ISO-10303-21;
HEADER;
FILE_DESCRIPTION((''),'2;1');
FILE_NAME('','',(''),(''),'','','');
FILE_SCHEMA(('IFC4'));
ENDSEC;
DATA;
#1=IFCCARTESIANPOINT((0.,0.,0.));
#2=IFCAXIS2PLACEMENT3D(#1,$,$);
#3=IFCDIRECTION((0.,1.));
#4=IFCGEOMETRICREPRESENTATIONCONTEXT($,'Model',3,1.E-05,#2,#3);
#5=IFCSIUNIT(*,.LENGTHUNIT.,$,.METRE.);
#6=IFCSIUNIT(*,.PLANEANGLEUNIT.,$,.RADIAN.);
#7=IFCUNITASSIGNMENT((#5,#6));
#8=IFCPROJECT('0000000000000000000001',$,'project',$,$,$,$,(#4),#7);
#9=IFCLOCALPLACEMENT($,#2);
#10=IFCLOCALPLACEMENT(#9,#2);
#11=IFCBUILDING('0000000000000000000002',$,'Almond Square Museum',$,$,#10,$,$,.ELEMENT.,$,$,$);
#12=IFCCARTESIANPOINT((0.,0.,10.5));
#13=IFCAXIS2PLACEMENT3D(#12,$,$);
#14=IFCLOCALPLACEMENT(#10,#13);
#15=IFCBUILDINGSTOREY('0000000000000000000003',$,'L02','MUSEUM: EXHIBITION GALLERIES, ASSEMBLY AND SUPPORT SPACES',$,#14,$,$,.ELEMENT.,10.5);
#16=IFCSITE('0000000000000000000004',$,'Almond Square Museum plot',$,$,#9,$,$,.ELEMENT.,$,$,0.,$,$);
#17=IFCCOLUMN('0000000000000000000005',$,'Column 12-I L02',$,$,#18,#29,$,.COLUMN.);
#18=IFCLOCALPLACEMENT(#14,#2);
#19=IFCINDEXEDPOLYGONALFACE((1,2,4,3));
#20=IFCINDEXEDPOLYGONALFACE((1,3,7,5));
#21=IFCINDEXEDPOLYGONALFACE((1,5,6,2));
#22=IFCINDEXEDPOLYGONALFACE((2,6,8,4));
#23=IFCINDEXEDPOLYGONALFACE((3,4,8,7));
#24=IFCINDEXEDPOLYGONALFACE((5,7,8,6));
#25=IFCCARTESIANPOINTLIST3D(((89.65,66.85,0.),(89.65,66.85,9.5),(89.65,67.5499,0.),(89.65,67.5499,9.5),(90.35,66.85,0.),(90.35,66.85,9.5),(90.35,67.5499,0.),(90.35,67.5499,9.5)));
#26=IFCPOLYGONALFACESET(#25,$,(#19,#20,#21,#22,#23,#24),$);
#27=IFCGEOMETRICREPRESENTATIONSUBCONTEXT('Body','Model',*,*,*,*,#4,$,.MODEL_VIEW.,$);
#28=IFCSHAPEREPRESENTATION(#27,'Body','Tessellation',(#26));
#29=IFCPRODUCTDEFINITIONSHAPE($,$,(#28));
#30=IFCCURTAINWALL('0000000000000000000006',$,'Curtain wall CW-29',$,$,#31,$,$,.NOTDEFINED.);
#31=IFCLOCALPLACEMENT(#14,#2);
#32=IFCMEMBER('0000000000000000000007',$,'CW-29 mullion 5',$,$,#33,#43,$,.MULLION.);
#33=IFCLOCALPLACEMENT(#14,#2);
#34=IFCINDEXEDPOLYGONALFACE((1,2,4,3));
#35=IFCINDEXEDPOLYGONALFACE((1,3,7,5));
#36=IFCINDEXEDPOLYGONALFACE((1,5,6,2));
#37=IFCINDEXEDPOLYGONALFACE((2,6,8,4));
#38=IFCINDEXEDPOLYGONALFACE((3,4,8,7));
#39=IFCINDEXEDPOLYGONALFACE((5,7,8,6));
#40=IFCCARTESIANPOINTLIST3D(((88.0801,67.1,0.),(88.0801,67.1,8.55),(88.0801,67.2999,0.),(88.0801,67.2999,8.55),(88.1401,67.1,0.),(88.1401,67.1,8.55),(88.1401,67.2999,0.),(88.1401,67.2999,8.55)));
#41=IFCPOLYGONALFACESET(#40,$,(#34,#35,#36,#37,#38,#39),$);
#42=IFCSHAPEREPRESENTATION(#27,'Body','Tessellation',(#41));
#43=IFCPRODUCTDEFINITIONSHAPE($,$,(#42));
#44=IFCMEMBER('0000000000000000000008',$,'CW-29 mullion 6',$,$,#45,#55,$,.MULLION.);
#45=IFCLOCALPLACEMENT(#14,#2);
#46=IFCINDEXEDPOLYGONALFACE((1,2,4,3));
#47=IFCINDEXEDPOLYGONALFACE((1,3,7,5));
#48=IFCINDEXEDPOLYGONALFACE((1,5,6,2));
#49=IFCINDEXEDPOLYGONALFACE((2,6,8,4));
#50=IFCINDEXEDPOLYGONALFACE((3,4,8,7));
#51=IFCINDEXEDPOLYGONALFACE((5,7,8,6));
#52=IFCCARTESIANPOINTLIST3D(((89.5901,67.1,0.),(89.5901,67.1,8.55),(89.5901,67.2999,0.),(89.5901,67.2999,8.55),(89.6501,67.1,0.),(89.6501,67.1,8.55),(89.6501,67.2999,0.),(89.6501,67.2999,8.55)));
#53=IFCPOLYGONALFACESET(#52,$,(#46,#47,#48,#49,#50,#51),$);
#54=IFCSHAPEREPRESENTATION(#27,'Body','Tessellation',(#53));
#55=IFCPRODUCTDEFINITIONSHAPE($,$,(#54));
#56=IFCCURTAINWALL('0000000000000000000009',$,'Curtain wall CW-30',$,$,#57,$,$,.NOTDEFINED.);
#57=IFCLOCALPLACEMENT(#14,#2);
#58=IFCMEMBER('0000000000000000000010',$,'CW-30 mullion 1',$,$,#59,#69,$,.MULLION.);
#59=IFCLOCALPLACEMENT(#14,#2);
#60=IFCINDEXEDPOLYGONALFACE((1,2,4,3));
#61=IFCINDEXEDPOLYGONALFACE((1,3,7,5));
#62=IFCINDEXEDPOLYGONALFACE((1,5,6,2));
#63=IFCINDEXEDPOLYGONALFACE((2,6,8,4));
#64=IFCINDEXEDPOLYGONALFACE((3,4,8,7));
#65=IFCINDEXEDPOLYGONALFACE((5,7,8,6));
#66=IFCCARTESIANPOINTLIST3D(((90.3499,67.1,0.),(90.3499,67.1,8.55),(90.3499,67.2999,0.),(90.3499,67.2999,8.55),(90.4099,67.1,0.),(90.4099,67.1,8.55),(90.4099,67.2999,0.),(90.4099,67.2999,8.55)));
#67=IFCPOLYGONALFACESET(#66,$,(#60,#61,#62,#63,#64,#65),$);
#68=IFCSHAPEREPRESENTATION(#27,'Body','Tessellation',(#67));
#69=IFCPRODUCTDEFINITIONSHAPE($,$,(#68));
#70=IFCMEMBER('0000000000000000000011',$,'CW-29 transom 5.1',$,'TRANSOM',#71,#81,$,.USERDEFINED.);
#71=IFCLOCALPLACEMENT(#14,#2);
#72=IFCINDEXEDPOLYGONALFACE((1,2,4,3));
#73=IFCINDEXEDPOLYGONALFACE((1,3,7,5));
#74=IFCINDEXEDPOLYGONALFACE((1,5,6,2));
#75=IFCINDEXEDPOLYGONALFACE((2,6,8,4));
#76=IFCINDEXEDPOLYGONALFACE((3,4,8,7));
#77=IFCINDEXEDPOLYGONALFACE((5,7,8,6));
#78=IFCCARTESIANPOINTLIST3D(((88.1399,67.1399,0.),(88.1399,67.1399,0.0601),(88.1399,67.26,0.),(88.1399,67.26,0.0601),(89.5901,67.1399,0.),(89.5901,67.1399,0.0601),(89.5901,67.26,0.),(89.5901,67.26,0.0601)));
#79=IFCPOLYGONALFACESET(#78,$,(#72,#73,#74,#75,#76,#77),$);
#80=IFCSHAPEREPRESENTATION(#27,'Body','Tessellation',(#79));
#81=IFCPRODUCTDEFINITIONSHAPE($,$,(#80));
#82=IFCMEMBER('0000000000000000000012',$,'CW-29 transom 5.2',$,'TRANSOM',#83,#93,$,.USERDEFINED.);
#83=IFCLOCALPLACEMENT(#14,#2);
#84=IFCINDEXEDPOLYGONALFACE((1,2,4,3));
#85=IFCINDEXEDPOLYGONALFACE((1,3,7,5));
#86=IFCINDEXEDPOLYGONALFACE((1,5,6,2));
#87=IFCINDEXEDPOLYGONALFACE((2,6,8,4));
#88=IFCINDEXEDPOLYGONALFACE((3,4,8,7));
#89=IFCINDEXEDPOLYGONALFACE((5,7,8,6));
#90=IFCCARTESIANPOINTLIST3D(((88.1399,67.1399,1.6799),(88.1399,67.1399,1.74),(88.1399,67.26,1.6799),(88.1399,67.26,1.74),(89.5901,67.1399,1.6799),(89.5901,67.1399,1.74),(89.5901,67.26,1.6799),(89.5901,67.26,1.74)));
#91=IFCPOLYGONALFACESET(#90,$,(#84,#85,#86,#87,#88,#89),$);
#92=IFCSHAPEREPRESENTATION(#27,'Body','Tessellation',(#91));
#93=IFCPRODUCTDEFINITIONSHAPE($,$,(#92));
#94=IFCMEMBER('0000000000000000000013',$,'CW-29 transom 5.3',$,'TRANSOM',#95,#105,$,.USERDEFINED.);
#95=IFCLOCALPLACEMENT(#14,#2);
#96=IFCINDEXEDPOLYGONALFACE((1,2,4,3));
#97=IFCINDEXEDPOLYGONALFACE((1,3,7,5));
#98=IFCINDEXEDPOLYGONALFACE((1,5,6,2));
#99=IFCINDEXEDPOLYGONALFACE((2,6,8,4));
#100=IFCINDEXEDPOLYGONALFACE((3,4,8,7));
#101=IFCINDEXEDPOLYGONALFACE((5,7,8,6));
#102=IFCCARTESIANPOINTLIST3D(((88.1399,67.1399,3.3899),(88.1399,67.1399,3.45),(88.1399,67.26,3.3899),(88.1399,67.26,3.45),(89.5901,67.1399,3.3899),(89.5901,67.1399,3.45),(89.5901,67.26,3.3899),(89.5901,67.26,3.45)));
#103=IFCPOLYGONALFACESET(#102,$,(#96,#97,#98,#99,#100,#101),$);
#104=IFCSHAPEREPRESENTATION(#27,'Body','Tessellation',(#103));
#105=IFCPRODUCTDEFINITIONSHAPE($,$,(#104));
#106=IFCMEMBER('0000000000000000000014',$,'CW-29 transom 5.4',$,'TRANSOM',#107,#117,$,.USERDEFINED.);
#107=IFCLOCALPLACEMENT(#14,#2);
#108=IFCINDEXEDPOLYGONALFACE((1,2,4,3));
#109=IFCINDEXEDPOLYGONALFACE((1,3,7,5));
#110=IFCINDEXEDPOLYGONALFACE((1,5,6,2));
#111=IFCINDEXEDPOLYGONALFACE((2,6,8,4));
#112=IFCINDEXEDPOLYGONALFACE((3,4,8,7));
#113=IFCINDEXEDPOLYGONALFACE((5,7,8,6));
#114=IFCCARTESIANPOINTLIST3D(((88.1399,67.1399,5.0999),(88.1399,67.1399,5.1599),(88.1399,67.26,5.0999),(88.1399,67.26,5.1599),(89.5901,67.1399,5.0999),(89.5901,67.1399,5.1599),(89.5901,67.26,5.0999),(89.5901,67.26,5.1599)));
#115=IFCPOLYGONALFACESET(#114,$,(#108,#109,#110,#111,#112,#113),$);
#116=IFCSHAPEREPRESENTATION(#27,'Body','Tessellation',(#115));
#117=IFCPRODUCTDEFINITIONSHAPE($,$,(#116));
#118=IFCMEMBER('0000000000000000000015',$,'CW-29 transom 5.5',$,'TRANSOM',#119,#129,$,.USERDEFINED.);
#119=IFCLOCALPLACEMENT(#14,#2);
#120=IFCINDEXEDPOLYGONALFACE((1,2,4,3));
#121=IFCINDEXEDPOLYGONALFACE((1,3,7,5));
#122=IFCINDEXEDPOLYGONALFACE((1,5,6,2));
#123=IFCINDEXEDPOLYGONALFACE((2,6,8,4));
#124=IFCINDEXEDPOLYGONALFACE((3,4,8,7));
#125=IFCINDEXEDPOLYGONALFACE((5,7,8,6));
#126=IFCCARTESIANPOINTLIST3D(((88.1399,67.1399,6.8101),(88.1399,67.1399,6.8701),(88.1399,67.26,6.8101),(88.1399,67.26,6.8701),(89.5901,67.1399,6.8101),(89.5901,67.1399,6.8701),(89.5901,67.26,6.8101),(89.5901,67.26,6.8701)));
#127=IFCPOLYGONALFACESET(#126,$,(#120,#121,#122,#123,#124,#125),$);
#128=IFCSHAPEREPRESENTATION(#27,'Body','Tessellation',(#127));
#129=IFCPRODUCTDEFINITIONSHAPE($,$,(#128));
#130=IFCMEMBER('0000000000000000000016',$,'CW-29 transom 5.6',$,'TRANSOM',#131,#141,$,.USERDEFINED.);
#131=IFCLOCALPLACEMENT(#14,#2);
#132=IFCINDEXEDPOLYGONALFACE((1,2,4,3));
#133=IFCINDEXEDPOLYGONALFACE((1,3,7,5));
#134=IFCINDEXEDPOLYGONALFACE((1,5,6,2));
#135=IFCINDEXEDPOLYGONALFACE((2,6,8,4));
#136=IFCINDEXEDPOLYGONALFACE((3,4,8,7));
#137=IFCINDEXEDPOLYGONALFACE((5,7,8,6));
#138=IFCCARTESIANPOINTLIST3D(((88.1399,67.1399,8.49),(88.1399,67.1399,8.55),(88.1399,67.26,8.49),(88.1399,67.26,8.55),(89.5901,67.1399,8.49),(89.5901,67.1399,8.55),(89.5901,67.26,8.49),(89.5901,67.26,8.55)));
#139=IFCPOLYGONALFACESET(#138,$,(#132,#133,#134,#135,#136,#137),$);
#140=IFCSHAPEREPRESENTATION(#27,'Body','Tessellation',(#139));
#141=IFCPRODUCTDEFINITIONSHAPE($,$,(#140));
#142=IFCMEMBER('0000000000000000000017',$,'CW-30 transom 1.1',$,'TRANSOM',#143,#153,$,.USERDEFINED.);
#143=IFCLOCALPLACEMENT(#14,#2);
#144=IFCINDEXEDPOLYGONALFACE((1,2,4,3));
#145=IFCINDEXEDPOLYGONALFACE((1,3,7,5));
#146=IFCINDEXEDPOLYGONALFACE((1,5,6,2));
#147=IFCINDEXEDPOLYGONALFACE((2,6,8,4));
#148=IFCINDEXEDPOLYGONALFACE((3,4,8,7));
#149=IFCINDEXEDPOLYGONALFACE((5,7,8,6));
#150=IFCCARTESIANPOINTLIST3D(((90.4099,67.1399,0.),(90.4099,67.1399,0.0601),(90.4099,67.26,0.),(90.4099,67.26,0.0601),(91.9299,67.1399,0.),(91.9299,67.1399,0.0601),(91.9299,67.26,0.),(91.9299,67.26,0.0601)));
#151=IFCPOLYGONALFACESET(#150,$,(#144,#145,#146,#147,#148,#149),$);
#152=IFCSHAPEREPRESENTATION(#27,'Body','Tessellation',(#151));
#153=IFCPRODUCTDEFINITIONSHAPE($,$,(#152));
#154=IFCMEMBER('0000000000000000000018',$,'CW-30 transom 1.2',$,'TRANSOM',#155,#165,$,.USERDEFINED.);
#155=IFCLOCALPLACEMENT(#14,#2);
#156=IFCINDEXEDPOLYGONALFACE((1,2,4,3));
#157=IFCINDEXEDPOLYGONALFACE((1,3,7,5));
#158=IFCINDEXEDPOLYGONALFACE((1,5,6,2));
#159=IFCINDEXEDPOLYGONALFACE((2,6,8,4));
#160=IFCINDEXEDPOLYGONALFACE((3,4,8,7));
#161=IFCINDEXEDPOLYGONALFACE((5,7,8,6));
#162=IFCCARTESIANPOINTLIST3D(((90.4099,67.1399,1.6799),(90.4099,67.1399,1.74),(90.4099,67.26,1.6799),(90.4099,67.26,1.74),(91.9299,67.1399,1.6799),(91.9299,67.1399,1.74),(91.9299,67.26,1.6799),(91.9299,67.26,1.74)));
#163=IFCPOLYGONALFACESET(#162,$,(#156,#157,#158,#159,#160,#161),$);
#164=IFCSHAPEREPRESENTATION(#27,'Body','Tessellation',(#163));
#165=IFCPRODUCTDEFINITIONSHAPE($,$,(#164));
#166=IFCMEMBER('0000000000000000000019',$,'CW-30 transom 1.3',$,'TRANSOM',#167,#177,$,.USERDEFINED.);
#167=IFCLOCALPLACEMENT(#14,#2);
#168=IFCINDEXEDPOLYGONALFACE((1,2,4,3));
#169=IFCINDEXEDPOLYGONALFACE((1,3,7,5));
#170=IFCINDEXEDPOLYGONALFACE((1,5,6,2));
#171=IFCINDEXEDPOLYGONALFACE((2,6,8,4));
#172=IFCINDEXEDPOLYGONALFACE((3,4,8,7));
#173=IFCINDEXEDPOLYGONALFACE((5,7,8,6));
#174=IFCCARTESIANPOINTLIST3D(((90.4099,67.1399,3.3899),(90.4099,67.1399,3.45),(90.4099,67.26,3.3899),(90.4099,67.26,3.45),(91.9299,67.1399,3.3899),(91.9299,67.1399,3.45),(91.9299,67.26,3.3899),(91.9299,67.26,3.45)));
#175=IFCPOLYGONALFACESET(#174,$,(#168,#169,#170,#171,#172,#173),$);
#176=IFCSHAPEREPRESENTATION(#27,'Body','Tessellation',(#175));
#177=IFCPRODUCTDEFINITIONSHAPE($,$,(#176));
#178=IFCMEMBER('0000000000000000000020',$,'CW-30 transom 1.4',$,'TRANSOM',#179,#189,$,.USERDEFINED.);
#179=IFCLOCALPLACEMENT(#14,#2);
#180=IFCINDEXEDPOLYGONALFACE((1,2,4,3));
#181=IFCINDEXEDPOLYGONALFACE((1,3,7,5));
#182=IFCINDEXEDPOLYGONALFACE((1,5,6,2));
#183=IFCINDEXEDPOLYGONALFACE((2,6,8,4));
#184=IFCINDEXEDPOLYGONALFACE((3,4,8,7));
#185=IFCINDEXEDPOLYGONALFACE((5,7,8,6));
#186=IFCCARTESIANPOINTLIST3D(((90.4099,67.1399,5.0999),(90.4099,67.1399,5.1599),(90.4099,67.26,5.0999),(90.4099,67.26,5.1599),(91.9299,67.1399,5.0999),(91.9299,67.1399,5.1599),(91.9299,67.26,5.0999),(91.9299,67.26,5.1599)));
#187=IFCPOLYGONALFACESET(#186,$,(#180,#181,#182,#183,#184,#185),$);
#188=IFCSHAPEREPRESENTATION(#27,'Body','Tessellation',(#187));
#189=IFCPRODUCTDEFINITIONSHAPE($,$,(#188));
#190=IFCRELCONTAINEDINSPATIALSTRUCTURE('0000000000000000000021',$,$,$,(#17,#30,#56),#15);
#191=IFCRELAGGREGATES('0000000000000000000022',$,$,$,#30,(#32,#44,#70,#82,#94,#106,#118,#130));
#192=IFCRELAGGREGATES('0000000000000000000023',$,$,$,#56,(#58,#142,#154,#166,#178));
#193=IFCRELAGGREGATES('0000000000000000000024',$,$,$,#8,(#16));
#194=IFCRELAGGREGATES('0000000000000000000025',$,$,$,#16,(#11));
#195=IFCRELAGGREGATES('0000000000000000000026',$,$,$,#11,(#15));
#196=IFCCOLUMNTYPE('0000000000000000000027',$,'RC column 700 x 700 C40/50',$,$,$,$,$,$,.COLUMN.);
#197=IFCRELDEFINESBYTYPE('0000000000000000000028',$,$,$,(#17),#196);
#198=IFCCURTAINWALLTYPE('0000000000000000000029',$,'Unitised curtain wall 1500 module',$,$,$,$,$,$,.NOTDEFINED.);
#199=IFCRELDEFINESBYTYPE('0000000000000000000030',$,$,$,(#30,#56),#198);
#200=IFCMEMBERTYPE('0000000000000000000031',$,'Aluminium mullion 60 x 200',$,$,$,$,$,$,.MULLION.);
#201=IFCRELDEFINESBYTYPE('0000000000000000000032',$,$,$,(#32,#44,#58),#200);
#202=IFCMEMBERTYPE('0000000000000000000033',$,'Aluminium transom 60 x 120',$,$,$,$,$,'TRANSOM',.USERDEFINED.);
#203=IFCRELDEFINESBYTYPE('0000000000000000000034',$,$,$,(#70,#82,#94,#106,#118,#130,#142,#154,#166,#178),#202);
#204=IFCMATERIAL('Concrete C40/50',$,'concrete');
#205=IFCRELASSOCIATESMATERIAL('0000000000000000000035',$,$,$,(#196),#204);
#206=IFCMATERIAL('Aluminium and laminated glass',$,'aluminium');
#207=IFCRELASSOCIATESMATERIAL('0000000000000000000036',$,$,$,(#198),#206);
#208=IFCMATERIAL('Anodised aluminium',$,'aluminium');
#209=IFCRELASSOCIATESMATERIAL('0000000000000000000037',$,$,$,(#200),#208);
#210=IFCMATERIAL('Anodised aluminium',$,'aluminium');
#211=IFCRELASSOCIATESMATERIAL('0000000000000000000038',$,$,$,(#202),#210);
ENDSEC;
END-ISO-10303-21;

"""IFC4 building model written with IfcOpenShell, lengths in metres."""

from ifc_helpers import new_model, si_unit, direction, frame, origin, origin_2d, place, context, subcontext, project, spatial, rectangle, extrude, material, material_profile, profile_set, type_object, element, aggregate, save


model = new_model("IFC4")

# Units and contexts
model_context = context("Model", 3, precision=1e-05, world=origin(), true_north=direction((0.0, 1.0)))
body_context = subcontext(model_context, "Body", "Model", "MODEL_VIEW")
ifc_project = project(units=[si_unit("LENGTHUNIT", "METRE"), si_unit("PLANEANGLEUNIT", "RADIAN")], contexts=[model_context])

# Site, building, storey
site_placement = place(None, origin())
site = spatial("IfcSite", under=ifc_project, at=site_placement, Name="Almond Square Museum plot", CompositionType="ELEMENT", RefElevation=0.0)
building_placement = place(site_placement, origin())
building = spatial("IfcBuilding", under=site, at=building_placement, Name="Almond Square Museum", CompositionType="ELEMENT")
storey_placement = place(building_placement, frame((0.0, 0.0, 10.5)))
storey = spatial("IfcBuildingStorey", under=building, at=storey_placement, Name="L02", Description="MUSEUM: EXHIBITION GALLERIES, ASSEMBLY AND SUPPORT SPACES", CompositionType="ELEMENT", Elevation=10.5)

# Column
ifc_material_1 = material(Name="Concrete C40/50", Category="concrete")
ifc_material_profile_1 = material_profile(ifc_material_1, rectangle(XDim=0.7, YDim=0.7, at=origin_2d()))
ifc_profile_set_1 = profile_set([ifc_material_profile_1], Name="Concrete C40/50")
column_type = type_object("IfcColumnType", Name="RC column 700 x 700 C40/50", PredefinedType="COLUMN", material=ifc_profile_set_1)
column_placement = place(storey_placement, frame((90.0, 67.2, 0.0), z_axis=(0.0, 0.0, 1.0), x_axis=(1.0, 0.0, 0.0)))
element("IfcColumn", 1, at=column_placement, inside=storey, type_object=column_type, Name="Column 12-I L02", PredefinedType="COLUMN", context=body_context, shape_type="SweptSolid", body=[
    extrude(rectangle(XDim=0.7, YDim=0.7, at=origin_2d()), origin(), (0.0, 0.0, 1.0), 9.5),
])

# Curtain wall, members
ifc_material_2 = material(Name="Aluminium and laminated glass", Category="aluminium")
curtain_wall_type = type_object("IfcCurtainWallType", Name="Unitised curtain wall 1500 module", PredefinedType="NOTDEFINED", material=ifc_material_2)
curtain_wall_1_placement = place(storey_placement, origin())
curtain_wall_1 = element("IfcCurtainWall", 2, at=curtain_wall_1_placement, inside=storey, type_object=curtain_wall_type, Name="Curtain wall CW-29", PredefinedType="NOTDEFINED")
ifc_material_3 = material(Name="Anodised aluminium", Category="aluminium")
ifc_material_profile_2 = material_profile(ifc_material_3, rectangle(XDim=0.2, YDim=0.0601, at=origin_2d()))
ifc_profile_set_2 = profile_set([ifc_material_profile_2], Name="Anodised aluminium")
member_type_1 = type_object("IfcMemberType", Name="Aluminium mullion 60 x 200", PredefinedType="MULLION", material=ifc_profile_set_2)
member_1_placement = place(storey_placement, frame((88.1101, 67.2, 0.0), z_axis=(0.0, 0.0, 1.0), x_axis=(0.0, 1.0, 0.0)))
member_1 = element("IfcMember", 3, at=member_1_placement, type_object=member_type_1, Name="CW-29 mullion 5", PredefinedType="MULLION", context=body_context, shape_type="SweptSolid", body=[
    extrude(rectangle(XDim=0.2, YDim=0.0601, at=origin_2d()), origin(), (0.0, 0.0, 1.0), 8.55),
])
member_2_placement = place(storey_placement, frame((89.6201, 67.2, 0.0), z_axis=(0.0, 0.0, 1.0), x_axis=(0.0, 1.0, 0.0)))
member_2 = element("IfcMember", 4, at=member_2_placement, type_object=member_type_1, Name="CW-29 mullion 6", PredefinedType="MULLION", context=body_context, shape_type="SweptSolid", body=[
    extrude(rectangle(XDim=0.2, YDim=0.0601, at=origin_2d()), origin(), (0.0, 0.0, 1.0), 8.55),
])

# Curtain wall, member
curtain_wall_2_placement = place(storey_placement, origin())
curtain_wall_2 = element("IfcCurtainWall", 5, at=curtain_wall_2_placement, inside=storey, type_object=curtain_wall_type, Name="Curtain wall CW-30", PredefinedType="NOTDEFINED")
member_3_placement = place(storey_placement, frame((90.3799, 67.2, 0.0), z_axis=(0.0, 0.0, 1.0), x_axis=(0.0, 1.0, 0.0)))
member_3 = element("IfcMember", 6, at=member_3_placement, type_object=member_type_1, Name="CW-30 mullion 1", PredefinedType="MULLION", context=body_context, shape_type="SweptSolid", body=[
    extrude(rectangle(XDim=0.2, YDim=0.0601, at=origin_2d()), origin(), (0.0, 0.0, 1.0), 8.55),
])

# Members
ifc_material_4 = material(Name="Anodised aluminium", Category="aluminium")
ifc_material_profile_3 = material_profile(ifc_material_4, rectangle(XDim=0.1201, YDim=0.0601, at=origin_2d()))
ifc_profile_set_3 = profile_set([ifc_material_profile_3], Name="Anodised aluminium")
member_type_2 = type_object("IfcMemberType", Name="Aluminium transom 60 x 120", ElementType="TRANSOM", PredefinedType="USERDEFINED", material=ifc_profile_set_3)
member_4_placement = place(storey_placement, frame((88.1399, 67.2, 0.03), z_axis=(1.0, 0.0, 0.0), x_axis=(0.0, 1.0, 0.0)))
member_4 = element("IfcMember", 7, at=member_4_placement, type_object=member_type_2, Name="CW-29 transom 5.1", ObjectType="TRANSOM", PredefinedType="USERDEFINED", context=body_context, shape_type="SweptSolid", body=[
    extrude(rectangle(XDim=0.1201, YDim=0.0601, at=origin_2d()), origin(), (0.0, 0.0, 1.0), 1.4502),
])
member_5_placement = place(storey_placement, frame((88.1399, 67.2, 1.71), z_axis=(1.0, 0.0, 0.0), x_axis=(0.0, 1.0, 0.0)))
member_5 = element("IfcMember", 8, at=member_5_placement, type_object=member_type_2, Name="CW-29 transom 5.2", ObjectType="TRANSOM", PredefinedType="USERDEFINED", context=body_context, shape_type="SweptSolid", body=[
    extrude(rectangle(XDim=0.1201, YDim=0.0601, at=origin_2d()), origin(), (0.0, 0.0, 1.0), 1.4502),
])
member_6_placement = place(storey_placement, frame((88.1399, 67.2, 3.4199), z_axis=(1.0, 0.0, 0.0), x_axis=(0.0, 1.0, 0.0)))
member_6 = element("IfcMember", 9, at=member_6_placement, type_object=member_type_2, Name="CW-29 transom 5.3", ObjectType="TRANSOM", PredefinedType="USERDEFINED", context=body_context, shape_type="SweptSolid", body=[
    extrude(rectangle(XDim=0.1201, YDim=0.0601, at=origin_2d()), origin(), (0.0, 0.0, 1.0), 1.4502),
])
member_7_placement = place(storey_placement, frame((88.1399, 67.2, 5.1299), z_axis=(1.0, 0.0, 0.0), x_axis=(0.0, 1.0, 0.0)))
member_7 = element("IfcMember", 10, at=member_7_placement, type_object=member_type_2, Name="CW-29 transom 5.4", ObjectType="TRANSOM", PredefinedType="USERDEFINED", context=body_context, shape_type="SweptSolid", body=[
    extrude(rectangle(XDim=0.1201, YDim=0.0601, at=origin_2d()), origin(), (0.0, 0.0, 1.0), 1.4502),
])
member_8_placement = place(storey_placement, frame((88.1399, 67.2, 6.8401), z_axis=(1.0, 0.0, 0.0), x_axis=(0.0, 1.0, 0.0)))
member_8 = element("IfcMember", 11, at=member_8_placement, type_object=member_type_2, Name="CW-29 transom 5.5", ObjectType="TRANSOM", PredefinedType="USERDEFINED", context=body_context, shape_type="SweptSolid", body=[
    extrude(rectangle(XDim=0.1201, YDim=0.0601, at=origin_2d()), origin(), (0.0, 0.0, 1.0), 1.4502),
])
member_9_placement = place(storey_placement, frame((88.1399, 67.2, 8.52), z_axis=(1.0, 0.0, 0.0), x_axis=(0.0, 1.0, 0.0)))
member_9 = element("IfcMember", 12, at=member_9_placement, type_object=member_type_2, Name="CW-29 transom 5.6", ObjectType="TRANSOM", PredefinedType="USERDEFINED", context=body_context, shape_type="SweptSolid", body=[
    extrude(rectangle(XDim=0.1201, YDim=0.0601, at=origin_2d()), origin(), (0.0, 0.0, 1.0), 1.4502),
])
member_10_placement = place(storey_placement, frame((90.4099, 67.2, 0.03), z_axis=(1.0, 0.0, 0.0), x_axis=(0.0, 1.0, 0.0)))
member_10 = element("IfcMember", 13, at=member_10_placement, type_object=member_type_2, Name="CW-30 transom 1.1", ObjectType="TRANSOM", PredefinedType="USERDEFINED", context=body_context, shape_type="SweptSolid", body=[
    extrude(rectangle(XDim=0.1201, YDim=0.0601, at=origin_2d()), origin(), (0.0, 0.0, 1.0), 1.52),
])
member_11_placement = place(storey_placement, frame((90.4099, 67.2, 1.71), z_axis=(1.0, 0.0, 0.0), x_axis=(0.0, 1.0, 0.0)))
member_11 = element("IfcMember", 14, at=member_11_placement, type_object=member_type_2, Name="CW-30 transom 1.2", ObjectType="TRANSOM", PredefinedType="USERDEFINED", context=body_context, shape_type="SweptSolid", body=[
    extrude(rectangle(XDim=0.1201, YDim=0.0601, at=origin_2d()), origin(), (0.0, 0.0, 1.0), 1.52),
])
member_12_placement = place(storey_placement, frame((90.4099, 67.2, 3.4199), z_axis=(1.0, 0.0, 0.0), x_axis=(0.0, 1.0, 0.0)))
member_12 = element("IfcMember", 15, at=member_12_placement, type_object=member_type_2, Name="CW-30 transom 1.3", ObjectType="TRANSOM", PredefinedType="USERDEFINED", context=body_context, shape_type="SweptSolid", body=[
    extrude(rectangle(XDim=0.1201, YDim=0.0601, at=origin_2d()), origin(), (0.0, 0.0, 1.0), 1.52),
])
member_13_placement = place(storey_placement, frame((90.4099, 67.2, 5.1299), z_axis=(1.0, 0.0, 0.0), x_axis=(0.0, 1.0, 0.0)))
member_13 = element("IfcMember", 16, at=member_13_placement, type_object=member_type_2, Name="CW-30 transom 1.4", ObjectType="TRANSOM", PredefinedType="USERDEFINED", context=body_context, shape_type="SweptSolid", body=[
    extrude(rectangle(XDim=0.1201, YDim=0.0601, at=origin_2d()), origin(), (0.0, 0.0, 1.0), 1.52),
])

aggregate(curtain_wall_1, [member_1, member_2, member_4, member_5, member_6, member_7, member_8, member_9])
aggregate(curtain_wall_2, [member_3, member_10, member_11, member_12, member_13])

save(model, "model.ifc")
